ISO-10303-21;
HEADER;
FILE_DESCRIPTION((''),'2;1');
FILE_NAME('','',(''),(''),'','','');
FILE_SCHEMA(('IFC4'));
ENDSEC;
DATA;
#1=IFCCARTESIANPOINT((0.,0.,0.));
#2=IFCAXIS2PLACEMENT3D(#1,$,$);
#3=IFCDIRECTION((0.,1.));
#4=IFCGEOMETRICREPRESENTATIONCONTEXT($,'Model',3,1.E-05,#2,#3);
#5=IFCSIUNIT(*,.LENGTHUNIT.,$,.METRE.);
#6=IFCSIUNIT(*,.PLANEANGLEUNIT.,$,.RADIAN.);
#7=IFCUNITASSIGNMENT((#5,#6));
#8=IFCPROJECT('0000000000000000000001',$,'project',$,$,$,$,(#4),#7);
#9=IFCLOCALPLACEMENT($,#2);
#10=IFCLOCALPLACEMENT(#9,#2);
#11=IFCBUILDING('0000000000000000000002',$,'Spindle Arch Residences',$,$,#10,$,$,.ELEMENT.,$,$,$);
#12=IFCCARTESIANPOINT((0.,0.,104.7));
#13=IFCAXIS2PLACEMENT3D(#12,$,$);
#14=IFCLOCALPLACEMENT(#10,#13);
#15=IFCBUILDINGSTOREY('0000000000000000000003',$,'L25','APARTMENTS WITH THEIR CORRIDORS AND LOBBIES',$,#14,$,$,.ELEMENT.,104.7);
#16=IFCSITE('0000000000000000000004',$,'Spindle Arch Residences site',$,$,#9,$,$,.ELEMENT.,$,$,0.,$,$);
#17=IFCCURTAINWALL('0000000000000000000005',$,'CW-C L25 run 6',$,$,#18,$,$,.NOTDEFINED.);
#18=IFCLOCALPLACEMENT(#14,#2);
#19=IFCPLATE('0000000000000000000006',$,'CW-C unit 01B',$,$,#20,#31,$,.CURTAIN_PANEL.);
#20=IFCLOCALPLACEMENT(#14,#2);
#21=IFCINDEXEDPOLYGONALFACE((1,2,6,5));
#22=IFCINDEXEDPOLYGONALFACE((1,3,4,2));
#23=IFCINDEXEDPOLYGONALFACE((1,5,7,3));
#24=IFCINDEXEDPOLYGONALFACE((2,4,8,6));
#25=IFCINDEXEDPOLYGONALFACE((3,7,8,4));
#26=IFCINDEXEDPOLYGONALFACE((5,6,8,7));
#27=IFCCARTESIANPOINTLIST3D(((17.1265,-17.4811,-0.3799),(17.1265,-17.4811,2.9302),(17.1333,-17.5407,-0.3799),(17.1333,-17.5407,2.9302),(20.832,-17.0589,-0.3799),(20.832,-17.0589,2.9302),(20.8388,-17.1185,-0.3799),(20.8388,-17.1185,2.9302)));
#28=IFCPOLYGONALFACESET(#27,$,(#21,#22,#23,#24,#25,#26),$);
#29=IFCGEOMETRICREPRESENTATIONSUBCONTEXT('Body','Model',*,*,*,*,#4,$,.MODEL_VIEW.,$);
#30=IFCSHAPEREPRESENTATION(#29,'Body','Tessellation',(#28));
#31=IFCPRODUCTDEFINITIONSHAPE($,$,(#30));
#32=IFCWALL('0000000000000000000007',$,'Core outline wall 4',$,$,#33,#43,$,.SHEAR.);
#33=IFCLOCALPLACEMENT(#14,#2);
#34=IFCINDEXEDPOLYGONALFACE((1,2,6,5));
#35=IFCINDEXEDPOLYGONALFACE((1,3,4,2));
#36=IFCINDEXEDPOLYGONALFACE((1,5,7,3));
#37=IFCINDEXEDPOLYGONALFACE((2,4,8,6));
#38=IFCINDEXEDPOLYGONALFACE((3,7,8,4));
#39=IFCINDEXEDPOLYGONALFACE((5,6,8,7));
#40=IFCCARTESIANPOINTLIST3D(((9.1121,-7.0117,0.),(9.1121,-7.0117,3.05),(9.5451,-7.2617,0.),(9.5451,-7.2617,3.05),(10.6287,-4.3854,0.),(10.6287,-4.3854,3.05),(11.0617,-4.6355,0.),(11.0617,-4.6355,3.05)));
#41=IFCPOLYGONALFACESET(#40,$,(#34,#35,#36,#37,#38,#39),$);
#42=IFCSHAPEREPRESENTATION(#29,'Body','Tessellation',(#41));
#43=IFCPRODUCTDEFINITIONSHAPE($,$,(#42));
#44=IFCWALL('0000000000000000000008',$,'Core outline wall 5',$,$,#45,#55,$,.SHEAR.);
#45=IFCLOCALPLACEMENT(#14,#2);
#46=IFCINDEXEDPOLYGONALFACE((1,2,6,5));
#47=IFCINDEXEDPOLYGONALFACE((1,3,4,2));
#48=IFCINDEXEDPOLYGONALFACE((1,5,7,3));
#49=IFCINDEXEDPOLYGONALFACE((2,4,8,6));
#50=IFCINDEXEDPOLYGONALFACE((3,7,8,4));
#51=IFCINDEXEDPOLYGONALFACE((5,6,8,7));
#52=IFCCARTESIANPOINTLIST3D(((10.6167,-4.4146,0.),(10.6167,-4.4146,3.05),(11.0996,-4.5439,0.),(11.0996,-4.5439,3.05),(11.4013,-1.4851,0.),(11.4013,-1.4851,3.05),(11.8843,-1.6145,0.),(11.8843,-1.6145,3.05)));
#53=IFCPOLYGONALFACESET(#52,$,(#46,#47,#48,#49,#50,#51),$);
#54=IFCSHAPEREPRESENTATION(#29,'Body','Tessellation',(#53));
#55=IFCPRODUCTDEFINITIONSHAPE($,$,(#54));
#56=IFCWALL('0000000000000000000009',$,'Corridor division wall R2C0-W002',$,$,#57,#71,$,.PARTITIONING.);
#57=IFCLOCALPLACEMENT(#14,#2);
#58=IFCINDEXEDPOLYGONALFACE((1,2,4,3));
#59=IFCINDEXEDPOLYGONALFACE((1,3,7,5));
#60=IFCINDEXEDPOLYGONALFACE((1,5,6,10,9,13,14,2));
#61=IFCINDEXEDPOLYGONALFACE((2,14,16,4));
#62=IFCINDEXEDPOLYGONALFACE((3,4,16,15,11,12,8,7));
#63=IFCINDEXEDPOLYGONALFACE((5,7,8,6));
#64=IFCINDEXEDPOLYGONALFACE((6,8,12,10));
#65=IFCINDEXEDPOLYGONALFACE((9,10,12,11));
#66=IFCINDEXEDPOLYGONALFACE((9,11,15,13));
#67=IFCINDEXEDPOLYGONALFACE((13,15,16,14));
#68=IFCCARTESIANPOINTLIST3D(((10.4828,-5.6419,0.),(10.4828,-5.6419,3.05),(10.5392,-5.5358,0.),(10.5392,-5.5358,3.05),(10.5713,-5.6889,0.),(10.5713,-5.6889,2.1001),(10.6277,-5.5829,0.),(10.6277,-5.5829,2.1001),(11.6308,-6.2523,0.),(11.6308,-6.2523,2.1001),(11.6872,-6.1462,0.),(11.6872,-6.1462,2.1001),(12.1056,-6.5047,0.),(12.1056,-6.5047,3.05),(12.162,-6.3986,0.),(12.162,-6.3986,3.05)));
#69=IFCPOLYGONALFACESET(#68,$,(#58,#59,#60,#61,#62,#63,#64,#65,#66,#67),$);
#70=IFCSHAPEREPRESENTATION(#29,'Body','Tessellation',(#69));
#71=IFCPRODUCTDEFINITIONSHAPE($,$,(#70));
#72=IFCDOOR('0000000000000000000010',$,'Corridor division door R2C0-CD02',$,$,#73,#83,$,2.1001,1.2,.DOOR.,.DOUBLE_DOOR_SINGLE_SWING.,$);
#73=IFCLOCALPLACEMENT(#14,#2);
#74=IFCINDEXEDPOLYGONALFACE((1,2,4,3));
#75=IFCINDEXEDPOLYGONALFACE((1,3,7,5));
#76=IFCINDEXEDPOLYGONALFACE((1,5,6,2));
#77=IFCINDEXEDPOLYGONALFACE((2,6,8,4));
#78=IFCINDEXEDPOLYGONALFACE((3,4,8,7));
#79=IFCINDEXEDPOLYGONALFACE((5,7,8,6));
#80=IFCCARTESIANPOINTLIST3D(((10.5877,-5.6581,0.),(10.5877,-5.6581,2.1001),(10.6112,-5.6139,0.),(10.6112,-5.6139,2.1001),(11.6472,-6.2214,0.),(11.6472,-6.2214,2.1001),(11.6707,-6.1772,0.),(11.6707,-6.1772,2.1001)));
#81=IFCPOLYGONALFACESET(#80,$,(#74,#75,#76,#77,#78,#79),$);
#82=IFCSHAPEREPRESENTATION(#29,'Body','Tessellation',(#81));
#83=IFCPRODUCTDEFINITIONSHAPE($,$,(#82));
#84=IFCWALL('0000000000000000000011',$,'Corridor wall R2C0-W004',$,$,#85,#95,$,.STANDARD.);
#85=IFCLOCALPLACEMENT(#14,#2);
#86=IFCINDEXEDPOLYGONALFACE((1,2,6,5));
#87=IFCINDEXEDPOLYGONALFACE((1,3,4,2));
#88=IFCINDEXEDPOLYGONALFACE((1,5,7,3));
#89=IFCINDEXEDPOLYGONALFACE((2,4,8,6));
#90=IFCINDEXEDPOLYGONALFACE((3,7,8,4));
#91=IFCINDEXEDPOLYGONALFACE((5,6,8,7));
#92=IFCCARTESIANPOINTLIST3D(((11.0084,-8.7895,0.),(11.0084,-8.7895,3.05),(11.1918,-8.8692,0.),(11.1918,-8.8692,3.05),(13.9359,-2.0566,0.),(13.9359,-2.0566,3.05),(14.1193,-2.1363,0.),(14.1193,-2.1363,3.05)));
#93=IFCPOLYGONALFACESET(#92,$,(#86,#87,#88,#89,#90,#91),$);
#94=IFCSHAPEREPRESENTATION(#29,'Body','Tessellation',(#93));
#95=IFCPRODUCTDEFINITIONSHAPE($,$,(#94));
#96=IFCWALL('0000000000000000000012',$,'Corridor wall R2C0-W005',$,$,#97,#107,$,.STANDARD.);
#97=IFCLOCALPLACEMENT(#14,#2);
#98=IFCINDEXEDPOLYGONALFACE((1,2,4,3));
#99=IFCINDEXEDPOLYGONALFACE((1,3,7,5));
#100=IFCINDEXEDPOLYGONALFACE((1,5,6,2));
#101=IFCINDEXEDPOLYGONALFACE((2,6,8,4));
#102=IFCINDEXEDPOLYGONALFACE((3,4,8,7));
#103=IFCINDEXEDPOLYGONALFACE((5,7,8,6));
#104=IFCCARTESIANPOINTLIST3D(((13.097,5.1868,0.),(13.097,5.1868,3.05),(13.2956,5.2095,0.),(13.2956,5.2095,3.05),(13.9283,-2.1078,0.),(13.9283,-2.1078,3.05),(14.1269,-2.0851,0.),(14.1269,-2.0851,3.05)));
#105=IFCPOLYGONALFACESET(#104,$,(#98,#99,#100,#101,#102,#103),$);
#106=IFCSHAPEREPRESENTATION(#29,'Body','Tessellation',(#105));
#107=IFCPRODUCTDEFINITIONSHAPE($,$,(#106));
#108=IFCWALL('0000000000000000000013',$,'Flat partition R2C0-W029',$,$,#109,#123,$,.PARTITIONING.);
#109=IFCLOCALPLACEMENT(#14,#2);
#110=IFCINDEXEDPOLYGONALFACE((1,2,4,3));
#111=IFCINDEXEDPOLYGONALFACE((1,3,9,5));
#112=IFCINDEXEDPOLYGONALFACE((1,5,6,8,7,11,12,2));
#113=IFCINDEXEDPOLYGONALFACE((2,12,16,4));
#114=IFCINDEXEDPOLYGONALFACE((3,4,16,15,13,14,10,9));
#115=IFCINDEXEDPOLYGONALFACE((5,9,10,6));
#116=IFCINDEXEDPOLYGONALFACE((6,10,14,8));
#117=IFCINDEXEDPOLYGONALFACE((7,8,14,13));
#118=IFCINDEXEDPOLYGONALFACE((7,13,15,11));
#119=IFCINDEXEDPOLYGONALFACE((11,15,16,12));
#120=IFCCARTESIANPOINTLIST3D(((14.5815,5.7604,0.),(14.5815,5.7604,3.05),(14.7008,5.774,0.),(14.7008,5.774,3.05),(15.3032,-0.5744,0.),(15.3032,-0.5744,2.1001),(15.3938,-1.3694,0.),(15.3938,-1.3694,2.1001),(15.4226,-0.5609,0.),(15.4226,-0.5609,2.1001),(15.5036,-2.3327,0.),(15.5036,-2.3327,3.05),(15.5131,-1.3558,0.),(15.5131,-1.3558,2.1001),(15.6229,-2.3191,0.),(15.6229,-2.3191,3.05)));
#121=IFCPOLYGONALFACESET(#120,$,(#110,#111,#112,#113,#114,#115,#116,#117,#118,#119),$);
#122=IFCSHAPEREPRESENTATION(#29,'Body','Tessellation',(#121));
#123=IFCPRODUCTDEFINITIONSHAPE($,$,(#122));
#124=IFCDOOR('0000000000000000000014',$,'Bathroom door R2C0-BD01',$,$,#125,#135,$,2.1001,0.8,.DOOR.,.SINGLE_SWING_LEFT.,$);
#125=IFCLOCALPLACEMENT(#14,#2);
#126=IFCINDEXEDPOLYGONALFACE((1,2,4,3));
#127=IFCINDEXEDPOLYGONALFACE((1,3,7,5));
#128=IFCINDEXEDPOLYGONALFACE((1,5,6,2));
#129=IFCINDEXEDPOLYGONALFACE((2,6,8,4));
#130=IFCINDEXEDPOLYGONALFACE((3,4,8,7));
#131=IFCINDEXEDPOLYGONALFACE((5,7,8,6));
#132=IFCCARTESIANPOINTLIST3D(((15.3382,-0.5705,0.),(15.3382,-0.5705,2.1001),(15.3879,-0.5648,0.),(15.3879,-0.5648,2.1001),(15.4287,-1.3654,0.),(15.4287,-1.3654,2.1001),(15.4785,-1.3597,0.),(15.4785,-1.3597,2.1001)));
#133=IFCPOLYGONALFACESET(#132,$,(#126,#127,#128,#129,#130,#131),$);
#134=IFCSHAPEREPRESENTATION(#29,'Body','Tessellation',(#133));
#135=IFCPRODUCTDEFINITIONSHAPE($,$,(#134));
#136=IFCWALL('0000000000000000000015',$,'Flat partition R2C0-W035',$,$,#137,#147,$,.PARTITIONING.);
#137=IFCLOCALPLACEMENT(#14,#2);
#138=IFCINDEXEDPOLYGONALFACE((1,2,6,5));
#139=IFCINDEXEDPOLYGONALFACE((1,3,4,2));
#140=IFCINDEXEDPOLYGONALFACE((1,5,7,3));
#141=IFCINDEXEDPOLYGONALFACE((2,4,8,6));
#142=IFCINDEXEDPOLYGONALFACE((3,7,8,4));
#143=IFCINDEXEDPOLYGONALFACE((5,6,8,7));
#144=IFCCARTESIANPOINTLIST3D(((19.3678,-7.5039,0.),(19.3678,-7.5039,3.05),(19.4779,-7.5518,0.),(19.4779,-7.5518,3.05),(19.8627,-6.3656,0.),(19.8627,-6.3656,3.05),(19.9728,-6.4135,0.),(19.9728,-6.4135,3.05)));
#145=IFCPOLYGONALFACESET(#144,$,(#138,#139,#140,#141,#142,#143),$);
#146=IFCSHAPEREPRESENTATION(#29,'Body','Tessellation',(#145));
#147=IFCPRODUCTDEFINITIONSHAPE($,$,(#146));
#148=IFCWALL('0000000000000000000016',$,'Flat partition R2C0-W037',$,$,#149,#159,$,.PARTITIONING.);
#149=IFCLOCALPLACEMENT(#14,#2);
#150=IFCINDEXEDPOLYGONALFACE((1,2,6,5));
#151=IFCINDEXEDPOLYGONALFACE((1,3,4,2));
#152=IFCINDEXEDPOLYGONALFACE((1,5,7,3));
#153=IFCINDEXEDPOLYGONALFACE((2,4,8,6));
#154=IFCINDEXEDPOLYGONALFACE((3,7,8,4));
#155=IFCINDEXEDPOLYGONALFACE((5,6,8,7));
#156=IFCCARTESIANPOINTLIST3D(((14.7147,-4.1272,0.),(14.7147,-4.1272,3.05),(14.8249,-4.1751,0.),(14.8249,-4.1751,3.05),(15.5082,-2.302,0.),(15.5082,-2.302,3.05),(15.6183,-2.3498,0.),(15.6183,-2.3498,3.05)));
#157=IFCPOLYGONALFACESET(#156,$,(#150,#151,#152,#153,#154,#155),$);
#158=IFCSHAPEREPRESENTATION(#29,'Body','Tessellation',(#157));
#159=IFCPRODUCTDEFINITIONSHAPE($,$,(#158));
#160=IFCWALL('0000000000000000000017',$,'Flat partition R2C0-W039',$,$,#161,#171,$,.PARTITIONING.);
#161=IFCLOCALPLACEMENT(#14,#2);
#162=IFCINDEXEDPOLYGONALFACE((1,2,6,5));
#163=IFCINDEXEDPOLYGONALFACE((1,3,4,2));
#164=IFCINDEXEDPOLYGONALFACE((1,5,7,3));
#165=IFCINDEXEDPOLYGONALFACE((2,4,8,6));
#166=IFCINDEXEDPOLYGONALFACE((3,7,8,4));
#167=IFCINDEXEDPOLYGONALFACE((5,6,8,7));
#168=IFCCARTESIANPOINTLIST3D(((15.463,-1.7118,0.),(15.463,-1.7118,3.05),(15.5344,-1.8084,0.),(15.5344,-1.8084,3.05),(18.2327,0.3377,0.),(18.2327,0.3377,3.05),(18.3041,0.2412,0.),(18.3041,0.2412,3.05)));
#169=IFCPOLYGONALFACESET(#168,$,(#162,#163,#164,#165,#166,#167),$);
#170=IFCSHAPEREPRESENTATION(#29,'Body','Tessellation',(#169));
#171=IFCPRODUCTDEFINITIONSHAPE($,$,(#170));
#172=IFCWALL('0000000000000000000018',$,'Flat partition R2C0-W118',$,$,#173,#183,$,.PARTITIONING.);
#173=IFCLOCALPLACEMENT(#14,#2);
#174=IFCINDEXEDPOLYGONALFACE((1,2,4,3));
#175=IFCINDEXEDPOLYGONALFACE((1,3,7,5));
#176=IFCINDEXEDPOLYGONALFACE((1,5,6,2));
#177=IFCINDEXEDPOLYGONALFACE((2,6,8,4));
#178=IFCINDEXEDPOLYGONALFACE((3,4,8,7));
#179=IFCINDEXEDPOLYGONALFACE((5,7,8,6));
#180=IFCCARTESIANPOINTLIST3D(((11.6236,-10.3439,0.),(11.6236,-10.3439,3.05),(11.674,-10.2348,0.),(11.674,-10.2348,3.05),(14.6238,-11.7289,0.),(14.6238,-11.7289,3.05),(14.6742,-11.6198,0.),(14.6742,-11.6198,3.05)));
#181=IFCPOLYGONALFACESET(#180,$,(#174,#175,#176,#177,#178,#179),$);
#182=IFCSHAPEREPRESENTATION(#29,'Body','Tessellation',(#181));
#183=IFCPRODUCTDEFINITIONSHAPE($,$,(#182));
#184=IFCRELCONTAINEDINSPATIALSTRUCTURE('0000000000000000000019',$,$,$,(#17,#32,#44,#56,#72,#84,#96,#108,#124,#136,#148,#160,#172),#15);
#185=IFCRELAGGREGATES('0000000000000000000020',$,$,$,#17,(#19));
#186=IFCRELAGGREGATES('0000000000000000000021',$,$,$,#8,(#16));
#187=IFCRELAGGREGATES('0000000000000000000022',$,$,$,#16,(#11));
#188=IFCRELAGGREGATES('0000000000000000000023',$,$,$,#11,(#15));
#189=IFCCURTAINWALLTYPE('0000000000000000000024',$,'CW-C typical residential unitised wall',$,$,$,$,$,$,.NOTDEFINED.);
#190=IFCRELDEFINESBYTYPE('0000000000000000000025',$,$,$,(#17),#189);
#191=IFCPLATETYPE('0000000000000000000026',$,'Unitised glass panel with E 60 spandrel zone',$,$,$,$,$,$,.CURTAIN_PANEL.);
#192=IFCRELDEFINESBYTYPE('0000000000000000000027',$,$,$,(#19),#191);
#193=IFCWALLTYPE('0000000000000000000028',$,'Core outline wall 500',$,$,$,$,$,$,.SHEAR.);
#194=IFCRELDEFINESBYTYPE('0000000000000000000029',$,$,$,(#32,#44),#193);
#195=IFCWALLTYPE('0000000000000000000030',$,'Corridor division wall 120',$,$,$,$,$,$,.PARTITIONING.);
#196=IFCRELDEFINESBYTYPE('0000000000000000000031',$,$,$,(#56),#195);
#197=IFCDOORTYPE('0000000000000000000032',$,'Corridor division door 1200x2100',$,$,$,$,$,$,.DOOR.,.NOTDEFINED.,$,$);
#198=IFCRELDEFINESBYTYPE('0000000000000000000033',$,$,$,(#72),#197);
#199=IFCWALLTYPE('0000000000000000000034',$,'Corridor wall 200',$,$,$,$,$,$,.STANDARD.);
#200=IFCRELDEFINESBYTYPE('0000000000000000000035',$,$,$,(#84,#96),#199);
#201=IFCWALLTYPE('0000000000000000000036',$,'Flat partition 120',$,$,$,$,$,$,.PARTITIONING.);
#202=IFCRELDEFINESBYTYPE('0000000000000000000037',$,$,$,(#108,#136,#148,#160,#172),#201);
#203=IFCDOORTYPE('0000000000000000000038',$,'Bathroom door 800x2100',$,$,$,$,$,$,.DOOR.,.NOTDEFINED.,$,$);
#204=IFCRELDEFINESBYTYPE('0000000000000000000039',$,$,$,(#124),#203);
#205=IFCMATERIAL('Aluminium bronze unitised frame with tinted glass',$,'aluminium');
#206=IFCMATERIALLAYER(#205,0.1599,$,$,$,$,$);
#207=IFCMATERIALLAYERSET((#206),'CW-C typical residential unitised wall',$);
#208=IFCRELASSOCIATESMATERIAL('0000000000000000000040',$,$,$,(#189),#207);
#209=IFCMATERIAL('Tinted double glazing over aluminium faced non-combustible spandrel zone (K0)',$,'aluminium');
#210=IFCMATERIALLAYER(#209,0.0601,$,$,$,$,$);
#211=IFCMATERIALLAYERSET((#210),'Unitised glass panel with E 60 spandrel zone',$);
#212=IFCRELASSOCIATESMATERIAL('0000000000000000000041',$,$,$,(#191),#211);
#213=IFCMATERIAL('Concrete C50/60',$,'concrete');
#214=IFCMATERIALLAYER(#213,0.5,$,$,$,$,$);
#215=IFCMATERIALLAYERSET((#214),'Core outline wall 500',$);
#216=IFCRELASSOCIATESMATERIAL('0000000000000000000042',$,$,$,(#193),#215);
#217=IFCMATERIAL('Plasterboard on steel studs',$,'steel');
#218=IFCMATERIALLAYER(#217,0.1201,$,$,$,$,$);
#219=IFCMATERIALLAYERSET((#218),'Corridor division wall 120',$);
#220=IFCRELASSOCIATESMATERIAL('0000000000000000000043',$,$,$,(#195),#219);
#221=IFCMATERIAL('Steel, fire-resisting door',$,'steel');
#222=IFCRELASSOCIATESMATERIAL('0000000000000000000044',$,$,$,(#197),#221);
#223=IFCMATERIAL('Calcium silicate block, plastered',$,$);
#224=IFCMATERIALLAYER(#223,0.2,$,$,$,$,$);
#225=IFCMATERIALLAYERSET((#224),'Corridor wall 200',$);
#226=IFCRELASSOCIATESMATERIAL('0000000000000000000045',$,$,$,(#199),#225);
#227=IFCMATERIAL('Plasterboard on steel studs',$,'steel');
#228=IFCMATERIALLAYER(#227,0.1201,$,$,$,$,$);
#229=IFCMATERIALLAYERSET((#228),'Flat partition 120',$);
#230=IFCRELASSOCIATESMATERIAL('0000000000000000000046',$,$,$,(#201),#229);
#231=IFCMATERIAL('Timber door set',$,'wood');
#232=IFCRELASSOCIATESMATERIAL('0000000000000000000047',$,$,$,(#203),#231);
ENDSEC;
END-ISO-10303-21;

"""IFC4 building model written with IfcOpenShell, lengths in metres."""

from ifc_helpers import new_model, si_unit, direction, frame, frame_2d, origin, origin_2d, place, context, subcontext, project, spatial, rectangle, extrude, material, layer, layer_set, type_object, element, fill, aggregate, save


model = new_model("IFC4")

# Units and contexts
model_context = context("Model", 3, precision=1e-05, world=origin(), true_north=direction((0.0, 1.0)))
body_context = subcontext(model_context, "Body", "Model", "MODEL_VIEW")
ifc_project = project(units=[si_unit("LENGTHUNIT", "METRE"), si_unit("PLANEANGLEUNIT", "RADIAN")], contexts=[model_context])

# Site, building, storey
site_placement = place(None, origin())
site = spatial("IfcSite", under=ifc_project, at=site_placement, Name="Spindle Arch Residences site", CompositionType="ELEMENT", RefElevation=0.0)
building_placement = place(site_placement, origin())
building = spatial("IfcBuilding", under=site, at=building_placement, Name="Spindle Arch Residences", CompositionType="ELEMENT")
storey_placement = place(building_placement, frame((0.0, 0.0, 104.7)))
storey = spatial("IfcBuildingStorey", under=building, at=storey_placement, Name="L25", Description="APARTMENTS WITH THEIR CORRIDORS AND LOBBIES", CompositionType="ELEMENT", Elevation=104.7)

# Curtain wall
ifc_material_1 = material(Name="Aluminium bronze unitised frame with tinted glass", Category="aluminium")
ifc_layer_1 = layer(ifc_material_1, 0.1599)
ifc_layer_set_1 = layer_set([ifc_layer_1], Name="CW-C typical residential unitised wall")
curtain_wall_type = type_object("IfcCurtainWallType", Name="CW-C typical residential unitised wall", PredefinedType="NOTDEFINED", material=ifc_layer_set_1)
curtain_wall_placement = place(storey_placement, origin())
curtain_wall = element("IfcCurtainWall", 1, at=curtain_wall_placement, inside=storey, type_object=curtain_wall_type, Name="CW-C L25 run 6", PredefinedType="NOTDEFINED")

# Plate
ifc_material_2 = material(Name="Tinted double glazing over aluminium faced non-combustible spandrel zone (K0)", Category="aluminium")
ifc_layer_2 = layer(ifc_material_2, 0.0601)
ifc_layer_set_2 = layer_set([ifc_layer_2], Name="Unitised glass panel with E 60 spandrel zone")
plate_type = type_object("IfcPlateType", Name="Unitised glass panel with E 60 spandrel zone", PredefinedType="CURTAIN_PANEL", material=ifc_layer_set_2)
plate_1_placement = place(storey_placement, frame((18.9827, -17.2998, -0.3799), z_axis=(0.0, 0.0, 1.0), x_axis=(0.993572, 0.113203, 0.0)))
plate_1 = element("IfcPlate", 2, at=plate_1_placement, type_object=plate_type, Name="CW-C unit 01B", PredefinedType="CURTAIN_PANEL", context=body_context, shape_type="SweptSolid", body=[
    extrude(rectangle(XDim=3.7295, YDim=0.0601, at=origin_2d()), origin(), (0.0, 0.0, 1.0), 3.3101),
])
aggregate(curtain_wall, [plate_1])

# Walls
ifc_material_3 = material(Name="Concrete C50/60", Category="concrete")
ifc_layer_3 = layer(ifc_material_3, 0.5)
ifc_layer_set_3 = layer_set([ifc_layer_3], Name="Core outline wall 500")
wall_type_1 = type_object("IfcWallType", Name="Core outline wall 500", PredefinedType="SHEAR", material=ifc_layer_set_3)
for number, where, z_axis, x_axis, name in (
    (3, (9.3286, -7.1367, 0.0), (0.0, 0.0, 1.0), (0.500087, 0.865975, 0.0), "Core outline wall 4"),
    (4, (10.8582, -4.4792, 0.0), (0.0, 0.0, 1.0), (0.258735, 0.965948, 0.0), "Core outline wall 5"),
):
    element("IfcWall", number, at=place(storey_placement, frame(where, z_axis=z_axis, x_axis=x_axis)), inside=storey, type_object=wall_type_1, Name=name, PredefinedType="SHEAR", context=body_context, shape_type="SweptSolid", body=[
        extrude(rectangle(XDim=3.0327, YDim=0.5, at=frame_2d((1.5164, 0.0))), origin(), (0.0, 0.0, 1.0), 3.05),
    ])

# Wall, opening, door
ifc_material_4 = material(Name="Plasterboard on steel studs", Category="steel")
ifc_layer_4 = layer(ifc_material_4, 0.1201)
ifc_layer_set_4 = layer_set([ifc_layer_4], Name="Corridor division wall 120")
wall_type_2 = type_object("IfcWallType", Name="Corridor division wall 120", PredefinedType="PARTITIONING", material=ifc_layer_set_4)
wall_1_placement = place(storey_placement, frame((10.511, -5.5889, 0.0), z_axis=(0.0, 0.0, 1.0), x_axis=(0.882963, -0.469443, 0.0)))
wall_1 = element("IfcWall", 5, at=wall_1_placement, inside=storey, type_object=wall_type_2, Name="Corridor division wall R2C0-W002", PredefinedType="PARTITIONING", context=body_context, shape_type="SweptSolid", body=[
    extrude(rectangle(XDim=1.8379, YDim=0.1201, at=frame_2d((0.9189, 0.0))), origin(), (0.0, 0.0, 1.0), 3.05),
])
opening_1_placement = place(wall_1_placement, frame((0.1001, 0.0, 0.0)))
opening_1 = element("IfcOpeningElement", 6, at=opening_1_placement, cuts=wall_1, PredefinedType="OPENING", context=body_context, shape_type="SweptSolid", body=[
    extrude(rectangle(XDim=1.2, YDim=2.1001, at=frame_2d((0.6001, 1.05))), frame((0.0, 0.0701, 0.0), z_axis=(0.0, -1.0, 0.0), x_axis=(1.0, 0.0, 0.0)), (0.0, 0.0, 1.0), 0.1401),
])
ifc_material_5 = material(Name="Steel, fire-resisting door", Category="steel")
door_type_1 = type_object("IfcDoorType", Name="Corridor division door 1200x2100", OperationType="NOTDEFINED", PredefinedType="DOOR", material=ifc_material_5)
door_1_placement = place(opening_1_placement, origin())
door_1 = element("IfcDoor", 7, at=door_1_placement, inside=storey, type_object=door_type_1, Name="Corridor division door R2C0-CD02", OperationType="DOUBLE_DOOR_SINGLE_SWING", OverallHeight=2.1001, OverallWidth=1.2, PredefinedType="DOOR", context=body_context, shape_type="SweptSolid", body=[
    extrude(rectangle(XDim=1.2, YDim=2.1001, at=frame_2d((0.6001, 1.05))), frame((0.0, 0.0249, 0.0), z_axis=(0.0, -1.0, 0.0), x_axis=(1.0, 0.0, 0.0)), (0.0, 0.0, 1.0), 0.05),
])
fill(opening_1, door_1)

# Walls
ifc_material_6 = material(Name="Calcium silicate block, plastered")
ifc_layer_5 = layer(ifc_material_6, 0.2)
ifc_layer_set_5 = layer_set([ifc_layer_5], Name="Corridor wall 200")
wall_type_3 = type_object("IfcWallType", Name="Corridor wall 200", PredefinedType="STANDARD", material=ifc_layer_set_5)
for number, where, z_axis, x_axis, name in (
    (8, (11.1001, -8.8293, 0.0), (0.0, 0.0, 1.0), (0.398742, 0.917063, 0.0), "Corridor wall R2C0-W004"),
    (9, (14.0276, -2.0964, 0.0), (0.0, 0.0, 1.0), (-0.113227, 0.993569, 0.0), "Corridor wall R2C0-W005"),
):
    element("IfcWall", number, at=place(storey_placement, frame(where, z_axis=z_axis, x_axis=x_axis)), inside=storey, type_object=wall_type_3, Name=name, PredefinedType="STANDARD", context=body_context, shape_type="SweptSolid", body=[
        extrude(rectangle(XDim=7.3418, YDim=0.2, at=frame_2d((3.6709, 0.0))), origin(), (0.0, 0.0, 1.0), 3.05),
    ])

# Wall, opening, door
ifc_material_7 = material(Name="Plasterboard on steel studs", Category="steel")
ifc_layer_6 = layer(ifc_material_7, 0.1201)
ifc_layer_set_6 = layer_set([ifc_layer_6], Name="Flat partition 120")
wall_type_4 = type_object("IfcWallType", Name="Flat partition 120", PredefinedType="PARTITIONING", material=ifc_layer_set_6)
wall_2_placement = place(storey_placement, frame((15.5632, -2.3259, 0.0), z_axis=(0.0, 0.0, 1.0), x_axis=(-0.113204, 0.993572, 0.0)))
wall_2 = element("IfcWall", 10, at=wall_2_placement, inside=storey, type_object=wall_type_4, Name="Flat partition R2C0-W029", PredefinedType="PARTITIONING", context=body_context, shape_type="SweptSolid", body=[
    extrude(rectangle(XDim=8.1455, YDim=0.1201, at=frame_2d((4.0728, 0.0))), origin(), (0.0, 0.0, 1.0), 3.05),
])
opening_2_placement = place(wall_2_placement, frame((0.9697, 0.0, 0.0)))
opening_2 = element("IfcOpeningElement", 11, at=opening_2_placement, cuts=wall_2, PredefinedType="OPENING", context=body_context, shape_type="SweptSolid", body=[
    extrude(rectangle(XDim=0.8, YDim=2.1001, at=frame_2d((0.3999, 1.05))), frame((0.0, 0.0701, 0.0), z_axis=(0.0, -1.0, 0.0), x_axis=(1.0, 0.0, 0.0)), (0.0, 0.0, 1.0), 0.1401),
])
ifc_material_8 = material(Name="Timber door set", Category="wood")
door_type_2 = type_object("IfcDoorType", Name="Bathroom door 800x2100", OperationType="NOTDEFINED", PredefinedType="DOOR", material=ifc_material_8)
door_2_placement = place(opening_2_placement, origin())
door_2 = element("IfcDoor", 12, at=door_2_placement, inside=storey, type_object=door_type_2, Name="Bathroom door R2C0-BD01", OperationType="SINGLE_SWING_LEFT", OverallHeight=2.1001, OverallWidth=0.8, PredefinedType="DOOR", context=body_context, shape_type="SweptSolid", body=[
    extrude(rectangle(XDim=0.8, YDim=2.1001, at=frame_2d((0.3999, 1.05))), frame((0.0, 0.0249, 0.0), z_axis=(0.0, -1.0, 0.0), x_axis=(1.0, 0.0, 0.0)), (0.0, 0.0, 1.0), 0.05),
])
fill(opening_2, door_2)

# Walls
wall_3_placement = place(storey_placement, frame((19.4229, -7.5278, 0.0), z_axis=(0.0, 0.0, 1.0), x_axis=(0.398733, 0.917067, 0.0)))
element("IfcWall", 13, at=wall_3_placement, inside=storey, type_object=wall_type_4, Name="Flat partition R2C0-W035", PredefinedType="PARTITIONING", context=body_context, shape_type="SweptSolid", body=[
    extrude(rectangle(XDim=1.2412, YDim=0.1201, at=frame_2d((0.6206, 0.0))), origin(), (0.0, 0.0, 1.0), 3.05),
])
wall_4_placement = place(storey_placement, frame((14.7698, -4.1511, 0.0), z_axis=(0.0, 0.0, 1.0), x_axis=(0.398681, 0.91709, 0.0)))
element("IfcWall", 14, at=wall_4_placement, inside=storey, type_object=wall_type_4, Name="Flat partition R2C0-W037", PredefinedType="PARTITIONING", context=body_context, shape_type="SweptSolid", body=[
    extrude(rectangle(XDim=1.9902, YDim=0.1201, at=frame_2d((0.9951, 0.0))), origin(), (0.0, 0.0, 1.0), 3.05),
])
wall_5_placement = place(storey_placement, frame((15.4988, -1.76, 0.0), z_axis=(0.0, 0.0, 1.0), x_axis=(0.803852, 0.594829, 0.0)))
element("IfcWall", 15, at=wall_5_placement, inside=storey, type_object=wall_type_4, Name="Flat partition R2C0-W039", PredefinedType="PARTITIONING", context=body_context, shape_type="SweptSolid", body=[
    extrude(rectangle(XDim=3.4456, YDim=0.1201, at=frame_2d((1.7227, 0.0))), origin(), (0.0, 0.0, 1.0), 3.05),
])
wall_6_placement = place(storey_placement, frame((11.6487, -10.2893, 0.0), z_axis=(0.0, 0.0, 1.0), x_axis=(0.907927, -0.419128, 0.0)))
element("IfcWall", 16, at=wall_6_placement, inside=storey, type_object=wall_type_4, Name="Flat partition R2C0-W118", PredefinedType="PARTITIONING", context=body_context, shape_type="SweptSolid", body=[
    extrude(rectangle(XDim=3.3044, YDim=0.1201, at=frame_2d((1.6523, 0.0))), origin(), (0.0, 0.0, 1.0), 3.05),
])

save(model, "model.ifc")
